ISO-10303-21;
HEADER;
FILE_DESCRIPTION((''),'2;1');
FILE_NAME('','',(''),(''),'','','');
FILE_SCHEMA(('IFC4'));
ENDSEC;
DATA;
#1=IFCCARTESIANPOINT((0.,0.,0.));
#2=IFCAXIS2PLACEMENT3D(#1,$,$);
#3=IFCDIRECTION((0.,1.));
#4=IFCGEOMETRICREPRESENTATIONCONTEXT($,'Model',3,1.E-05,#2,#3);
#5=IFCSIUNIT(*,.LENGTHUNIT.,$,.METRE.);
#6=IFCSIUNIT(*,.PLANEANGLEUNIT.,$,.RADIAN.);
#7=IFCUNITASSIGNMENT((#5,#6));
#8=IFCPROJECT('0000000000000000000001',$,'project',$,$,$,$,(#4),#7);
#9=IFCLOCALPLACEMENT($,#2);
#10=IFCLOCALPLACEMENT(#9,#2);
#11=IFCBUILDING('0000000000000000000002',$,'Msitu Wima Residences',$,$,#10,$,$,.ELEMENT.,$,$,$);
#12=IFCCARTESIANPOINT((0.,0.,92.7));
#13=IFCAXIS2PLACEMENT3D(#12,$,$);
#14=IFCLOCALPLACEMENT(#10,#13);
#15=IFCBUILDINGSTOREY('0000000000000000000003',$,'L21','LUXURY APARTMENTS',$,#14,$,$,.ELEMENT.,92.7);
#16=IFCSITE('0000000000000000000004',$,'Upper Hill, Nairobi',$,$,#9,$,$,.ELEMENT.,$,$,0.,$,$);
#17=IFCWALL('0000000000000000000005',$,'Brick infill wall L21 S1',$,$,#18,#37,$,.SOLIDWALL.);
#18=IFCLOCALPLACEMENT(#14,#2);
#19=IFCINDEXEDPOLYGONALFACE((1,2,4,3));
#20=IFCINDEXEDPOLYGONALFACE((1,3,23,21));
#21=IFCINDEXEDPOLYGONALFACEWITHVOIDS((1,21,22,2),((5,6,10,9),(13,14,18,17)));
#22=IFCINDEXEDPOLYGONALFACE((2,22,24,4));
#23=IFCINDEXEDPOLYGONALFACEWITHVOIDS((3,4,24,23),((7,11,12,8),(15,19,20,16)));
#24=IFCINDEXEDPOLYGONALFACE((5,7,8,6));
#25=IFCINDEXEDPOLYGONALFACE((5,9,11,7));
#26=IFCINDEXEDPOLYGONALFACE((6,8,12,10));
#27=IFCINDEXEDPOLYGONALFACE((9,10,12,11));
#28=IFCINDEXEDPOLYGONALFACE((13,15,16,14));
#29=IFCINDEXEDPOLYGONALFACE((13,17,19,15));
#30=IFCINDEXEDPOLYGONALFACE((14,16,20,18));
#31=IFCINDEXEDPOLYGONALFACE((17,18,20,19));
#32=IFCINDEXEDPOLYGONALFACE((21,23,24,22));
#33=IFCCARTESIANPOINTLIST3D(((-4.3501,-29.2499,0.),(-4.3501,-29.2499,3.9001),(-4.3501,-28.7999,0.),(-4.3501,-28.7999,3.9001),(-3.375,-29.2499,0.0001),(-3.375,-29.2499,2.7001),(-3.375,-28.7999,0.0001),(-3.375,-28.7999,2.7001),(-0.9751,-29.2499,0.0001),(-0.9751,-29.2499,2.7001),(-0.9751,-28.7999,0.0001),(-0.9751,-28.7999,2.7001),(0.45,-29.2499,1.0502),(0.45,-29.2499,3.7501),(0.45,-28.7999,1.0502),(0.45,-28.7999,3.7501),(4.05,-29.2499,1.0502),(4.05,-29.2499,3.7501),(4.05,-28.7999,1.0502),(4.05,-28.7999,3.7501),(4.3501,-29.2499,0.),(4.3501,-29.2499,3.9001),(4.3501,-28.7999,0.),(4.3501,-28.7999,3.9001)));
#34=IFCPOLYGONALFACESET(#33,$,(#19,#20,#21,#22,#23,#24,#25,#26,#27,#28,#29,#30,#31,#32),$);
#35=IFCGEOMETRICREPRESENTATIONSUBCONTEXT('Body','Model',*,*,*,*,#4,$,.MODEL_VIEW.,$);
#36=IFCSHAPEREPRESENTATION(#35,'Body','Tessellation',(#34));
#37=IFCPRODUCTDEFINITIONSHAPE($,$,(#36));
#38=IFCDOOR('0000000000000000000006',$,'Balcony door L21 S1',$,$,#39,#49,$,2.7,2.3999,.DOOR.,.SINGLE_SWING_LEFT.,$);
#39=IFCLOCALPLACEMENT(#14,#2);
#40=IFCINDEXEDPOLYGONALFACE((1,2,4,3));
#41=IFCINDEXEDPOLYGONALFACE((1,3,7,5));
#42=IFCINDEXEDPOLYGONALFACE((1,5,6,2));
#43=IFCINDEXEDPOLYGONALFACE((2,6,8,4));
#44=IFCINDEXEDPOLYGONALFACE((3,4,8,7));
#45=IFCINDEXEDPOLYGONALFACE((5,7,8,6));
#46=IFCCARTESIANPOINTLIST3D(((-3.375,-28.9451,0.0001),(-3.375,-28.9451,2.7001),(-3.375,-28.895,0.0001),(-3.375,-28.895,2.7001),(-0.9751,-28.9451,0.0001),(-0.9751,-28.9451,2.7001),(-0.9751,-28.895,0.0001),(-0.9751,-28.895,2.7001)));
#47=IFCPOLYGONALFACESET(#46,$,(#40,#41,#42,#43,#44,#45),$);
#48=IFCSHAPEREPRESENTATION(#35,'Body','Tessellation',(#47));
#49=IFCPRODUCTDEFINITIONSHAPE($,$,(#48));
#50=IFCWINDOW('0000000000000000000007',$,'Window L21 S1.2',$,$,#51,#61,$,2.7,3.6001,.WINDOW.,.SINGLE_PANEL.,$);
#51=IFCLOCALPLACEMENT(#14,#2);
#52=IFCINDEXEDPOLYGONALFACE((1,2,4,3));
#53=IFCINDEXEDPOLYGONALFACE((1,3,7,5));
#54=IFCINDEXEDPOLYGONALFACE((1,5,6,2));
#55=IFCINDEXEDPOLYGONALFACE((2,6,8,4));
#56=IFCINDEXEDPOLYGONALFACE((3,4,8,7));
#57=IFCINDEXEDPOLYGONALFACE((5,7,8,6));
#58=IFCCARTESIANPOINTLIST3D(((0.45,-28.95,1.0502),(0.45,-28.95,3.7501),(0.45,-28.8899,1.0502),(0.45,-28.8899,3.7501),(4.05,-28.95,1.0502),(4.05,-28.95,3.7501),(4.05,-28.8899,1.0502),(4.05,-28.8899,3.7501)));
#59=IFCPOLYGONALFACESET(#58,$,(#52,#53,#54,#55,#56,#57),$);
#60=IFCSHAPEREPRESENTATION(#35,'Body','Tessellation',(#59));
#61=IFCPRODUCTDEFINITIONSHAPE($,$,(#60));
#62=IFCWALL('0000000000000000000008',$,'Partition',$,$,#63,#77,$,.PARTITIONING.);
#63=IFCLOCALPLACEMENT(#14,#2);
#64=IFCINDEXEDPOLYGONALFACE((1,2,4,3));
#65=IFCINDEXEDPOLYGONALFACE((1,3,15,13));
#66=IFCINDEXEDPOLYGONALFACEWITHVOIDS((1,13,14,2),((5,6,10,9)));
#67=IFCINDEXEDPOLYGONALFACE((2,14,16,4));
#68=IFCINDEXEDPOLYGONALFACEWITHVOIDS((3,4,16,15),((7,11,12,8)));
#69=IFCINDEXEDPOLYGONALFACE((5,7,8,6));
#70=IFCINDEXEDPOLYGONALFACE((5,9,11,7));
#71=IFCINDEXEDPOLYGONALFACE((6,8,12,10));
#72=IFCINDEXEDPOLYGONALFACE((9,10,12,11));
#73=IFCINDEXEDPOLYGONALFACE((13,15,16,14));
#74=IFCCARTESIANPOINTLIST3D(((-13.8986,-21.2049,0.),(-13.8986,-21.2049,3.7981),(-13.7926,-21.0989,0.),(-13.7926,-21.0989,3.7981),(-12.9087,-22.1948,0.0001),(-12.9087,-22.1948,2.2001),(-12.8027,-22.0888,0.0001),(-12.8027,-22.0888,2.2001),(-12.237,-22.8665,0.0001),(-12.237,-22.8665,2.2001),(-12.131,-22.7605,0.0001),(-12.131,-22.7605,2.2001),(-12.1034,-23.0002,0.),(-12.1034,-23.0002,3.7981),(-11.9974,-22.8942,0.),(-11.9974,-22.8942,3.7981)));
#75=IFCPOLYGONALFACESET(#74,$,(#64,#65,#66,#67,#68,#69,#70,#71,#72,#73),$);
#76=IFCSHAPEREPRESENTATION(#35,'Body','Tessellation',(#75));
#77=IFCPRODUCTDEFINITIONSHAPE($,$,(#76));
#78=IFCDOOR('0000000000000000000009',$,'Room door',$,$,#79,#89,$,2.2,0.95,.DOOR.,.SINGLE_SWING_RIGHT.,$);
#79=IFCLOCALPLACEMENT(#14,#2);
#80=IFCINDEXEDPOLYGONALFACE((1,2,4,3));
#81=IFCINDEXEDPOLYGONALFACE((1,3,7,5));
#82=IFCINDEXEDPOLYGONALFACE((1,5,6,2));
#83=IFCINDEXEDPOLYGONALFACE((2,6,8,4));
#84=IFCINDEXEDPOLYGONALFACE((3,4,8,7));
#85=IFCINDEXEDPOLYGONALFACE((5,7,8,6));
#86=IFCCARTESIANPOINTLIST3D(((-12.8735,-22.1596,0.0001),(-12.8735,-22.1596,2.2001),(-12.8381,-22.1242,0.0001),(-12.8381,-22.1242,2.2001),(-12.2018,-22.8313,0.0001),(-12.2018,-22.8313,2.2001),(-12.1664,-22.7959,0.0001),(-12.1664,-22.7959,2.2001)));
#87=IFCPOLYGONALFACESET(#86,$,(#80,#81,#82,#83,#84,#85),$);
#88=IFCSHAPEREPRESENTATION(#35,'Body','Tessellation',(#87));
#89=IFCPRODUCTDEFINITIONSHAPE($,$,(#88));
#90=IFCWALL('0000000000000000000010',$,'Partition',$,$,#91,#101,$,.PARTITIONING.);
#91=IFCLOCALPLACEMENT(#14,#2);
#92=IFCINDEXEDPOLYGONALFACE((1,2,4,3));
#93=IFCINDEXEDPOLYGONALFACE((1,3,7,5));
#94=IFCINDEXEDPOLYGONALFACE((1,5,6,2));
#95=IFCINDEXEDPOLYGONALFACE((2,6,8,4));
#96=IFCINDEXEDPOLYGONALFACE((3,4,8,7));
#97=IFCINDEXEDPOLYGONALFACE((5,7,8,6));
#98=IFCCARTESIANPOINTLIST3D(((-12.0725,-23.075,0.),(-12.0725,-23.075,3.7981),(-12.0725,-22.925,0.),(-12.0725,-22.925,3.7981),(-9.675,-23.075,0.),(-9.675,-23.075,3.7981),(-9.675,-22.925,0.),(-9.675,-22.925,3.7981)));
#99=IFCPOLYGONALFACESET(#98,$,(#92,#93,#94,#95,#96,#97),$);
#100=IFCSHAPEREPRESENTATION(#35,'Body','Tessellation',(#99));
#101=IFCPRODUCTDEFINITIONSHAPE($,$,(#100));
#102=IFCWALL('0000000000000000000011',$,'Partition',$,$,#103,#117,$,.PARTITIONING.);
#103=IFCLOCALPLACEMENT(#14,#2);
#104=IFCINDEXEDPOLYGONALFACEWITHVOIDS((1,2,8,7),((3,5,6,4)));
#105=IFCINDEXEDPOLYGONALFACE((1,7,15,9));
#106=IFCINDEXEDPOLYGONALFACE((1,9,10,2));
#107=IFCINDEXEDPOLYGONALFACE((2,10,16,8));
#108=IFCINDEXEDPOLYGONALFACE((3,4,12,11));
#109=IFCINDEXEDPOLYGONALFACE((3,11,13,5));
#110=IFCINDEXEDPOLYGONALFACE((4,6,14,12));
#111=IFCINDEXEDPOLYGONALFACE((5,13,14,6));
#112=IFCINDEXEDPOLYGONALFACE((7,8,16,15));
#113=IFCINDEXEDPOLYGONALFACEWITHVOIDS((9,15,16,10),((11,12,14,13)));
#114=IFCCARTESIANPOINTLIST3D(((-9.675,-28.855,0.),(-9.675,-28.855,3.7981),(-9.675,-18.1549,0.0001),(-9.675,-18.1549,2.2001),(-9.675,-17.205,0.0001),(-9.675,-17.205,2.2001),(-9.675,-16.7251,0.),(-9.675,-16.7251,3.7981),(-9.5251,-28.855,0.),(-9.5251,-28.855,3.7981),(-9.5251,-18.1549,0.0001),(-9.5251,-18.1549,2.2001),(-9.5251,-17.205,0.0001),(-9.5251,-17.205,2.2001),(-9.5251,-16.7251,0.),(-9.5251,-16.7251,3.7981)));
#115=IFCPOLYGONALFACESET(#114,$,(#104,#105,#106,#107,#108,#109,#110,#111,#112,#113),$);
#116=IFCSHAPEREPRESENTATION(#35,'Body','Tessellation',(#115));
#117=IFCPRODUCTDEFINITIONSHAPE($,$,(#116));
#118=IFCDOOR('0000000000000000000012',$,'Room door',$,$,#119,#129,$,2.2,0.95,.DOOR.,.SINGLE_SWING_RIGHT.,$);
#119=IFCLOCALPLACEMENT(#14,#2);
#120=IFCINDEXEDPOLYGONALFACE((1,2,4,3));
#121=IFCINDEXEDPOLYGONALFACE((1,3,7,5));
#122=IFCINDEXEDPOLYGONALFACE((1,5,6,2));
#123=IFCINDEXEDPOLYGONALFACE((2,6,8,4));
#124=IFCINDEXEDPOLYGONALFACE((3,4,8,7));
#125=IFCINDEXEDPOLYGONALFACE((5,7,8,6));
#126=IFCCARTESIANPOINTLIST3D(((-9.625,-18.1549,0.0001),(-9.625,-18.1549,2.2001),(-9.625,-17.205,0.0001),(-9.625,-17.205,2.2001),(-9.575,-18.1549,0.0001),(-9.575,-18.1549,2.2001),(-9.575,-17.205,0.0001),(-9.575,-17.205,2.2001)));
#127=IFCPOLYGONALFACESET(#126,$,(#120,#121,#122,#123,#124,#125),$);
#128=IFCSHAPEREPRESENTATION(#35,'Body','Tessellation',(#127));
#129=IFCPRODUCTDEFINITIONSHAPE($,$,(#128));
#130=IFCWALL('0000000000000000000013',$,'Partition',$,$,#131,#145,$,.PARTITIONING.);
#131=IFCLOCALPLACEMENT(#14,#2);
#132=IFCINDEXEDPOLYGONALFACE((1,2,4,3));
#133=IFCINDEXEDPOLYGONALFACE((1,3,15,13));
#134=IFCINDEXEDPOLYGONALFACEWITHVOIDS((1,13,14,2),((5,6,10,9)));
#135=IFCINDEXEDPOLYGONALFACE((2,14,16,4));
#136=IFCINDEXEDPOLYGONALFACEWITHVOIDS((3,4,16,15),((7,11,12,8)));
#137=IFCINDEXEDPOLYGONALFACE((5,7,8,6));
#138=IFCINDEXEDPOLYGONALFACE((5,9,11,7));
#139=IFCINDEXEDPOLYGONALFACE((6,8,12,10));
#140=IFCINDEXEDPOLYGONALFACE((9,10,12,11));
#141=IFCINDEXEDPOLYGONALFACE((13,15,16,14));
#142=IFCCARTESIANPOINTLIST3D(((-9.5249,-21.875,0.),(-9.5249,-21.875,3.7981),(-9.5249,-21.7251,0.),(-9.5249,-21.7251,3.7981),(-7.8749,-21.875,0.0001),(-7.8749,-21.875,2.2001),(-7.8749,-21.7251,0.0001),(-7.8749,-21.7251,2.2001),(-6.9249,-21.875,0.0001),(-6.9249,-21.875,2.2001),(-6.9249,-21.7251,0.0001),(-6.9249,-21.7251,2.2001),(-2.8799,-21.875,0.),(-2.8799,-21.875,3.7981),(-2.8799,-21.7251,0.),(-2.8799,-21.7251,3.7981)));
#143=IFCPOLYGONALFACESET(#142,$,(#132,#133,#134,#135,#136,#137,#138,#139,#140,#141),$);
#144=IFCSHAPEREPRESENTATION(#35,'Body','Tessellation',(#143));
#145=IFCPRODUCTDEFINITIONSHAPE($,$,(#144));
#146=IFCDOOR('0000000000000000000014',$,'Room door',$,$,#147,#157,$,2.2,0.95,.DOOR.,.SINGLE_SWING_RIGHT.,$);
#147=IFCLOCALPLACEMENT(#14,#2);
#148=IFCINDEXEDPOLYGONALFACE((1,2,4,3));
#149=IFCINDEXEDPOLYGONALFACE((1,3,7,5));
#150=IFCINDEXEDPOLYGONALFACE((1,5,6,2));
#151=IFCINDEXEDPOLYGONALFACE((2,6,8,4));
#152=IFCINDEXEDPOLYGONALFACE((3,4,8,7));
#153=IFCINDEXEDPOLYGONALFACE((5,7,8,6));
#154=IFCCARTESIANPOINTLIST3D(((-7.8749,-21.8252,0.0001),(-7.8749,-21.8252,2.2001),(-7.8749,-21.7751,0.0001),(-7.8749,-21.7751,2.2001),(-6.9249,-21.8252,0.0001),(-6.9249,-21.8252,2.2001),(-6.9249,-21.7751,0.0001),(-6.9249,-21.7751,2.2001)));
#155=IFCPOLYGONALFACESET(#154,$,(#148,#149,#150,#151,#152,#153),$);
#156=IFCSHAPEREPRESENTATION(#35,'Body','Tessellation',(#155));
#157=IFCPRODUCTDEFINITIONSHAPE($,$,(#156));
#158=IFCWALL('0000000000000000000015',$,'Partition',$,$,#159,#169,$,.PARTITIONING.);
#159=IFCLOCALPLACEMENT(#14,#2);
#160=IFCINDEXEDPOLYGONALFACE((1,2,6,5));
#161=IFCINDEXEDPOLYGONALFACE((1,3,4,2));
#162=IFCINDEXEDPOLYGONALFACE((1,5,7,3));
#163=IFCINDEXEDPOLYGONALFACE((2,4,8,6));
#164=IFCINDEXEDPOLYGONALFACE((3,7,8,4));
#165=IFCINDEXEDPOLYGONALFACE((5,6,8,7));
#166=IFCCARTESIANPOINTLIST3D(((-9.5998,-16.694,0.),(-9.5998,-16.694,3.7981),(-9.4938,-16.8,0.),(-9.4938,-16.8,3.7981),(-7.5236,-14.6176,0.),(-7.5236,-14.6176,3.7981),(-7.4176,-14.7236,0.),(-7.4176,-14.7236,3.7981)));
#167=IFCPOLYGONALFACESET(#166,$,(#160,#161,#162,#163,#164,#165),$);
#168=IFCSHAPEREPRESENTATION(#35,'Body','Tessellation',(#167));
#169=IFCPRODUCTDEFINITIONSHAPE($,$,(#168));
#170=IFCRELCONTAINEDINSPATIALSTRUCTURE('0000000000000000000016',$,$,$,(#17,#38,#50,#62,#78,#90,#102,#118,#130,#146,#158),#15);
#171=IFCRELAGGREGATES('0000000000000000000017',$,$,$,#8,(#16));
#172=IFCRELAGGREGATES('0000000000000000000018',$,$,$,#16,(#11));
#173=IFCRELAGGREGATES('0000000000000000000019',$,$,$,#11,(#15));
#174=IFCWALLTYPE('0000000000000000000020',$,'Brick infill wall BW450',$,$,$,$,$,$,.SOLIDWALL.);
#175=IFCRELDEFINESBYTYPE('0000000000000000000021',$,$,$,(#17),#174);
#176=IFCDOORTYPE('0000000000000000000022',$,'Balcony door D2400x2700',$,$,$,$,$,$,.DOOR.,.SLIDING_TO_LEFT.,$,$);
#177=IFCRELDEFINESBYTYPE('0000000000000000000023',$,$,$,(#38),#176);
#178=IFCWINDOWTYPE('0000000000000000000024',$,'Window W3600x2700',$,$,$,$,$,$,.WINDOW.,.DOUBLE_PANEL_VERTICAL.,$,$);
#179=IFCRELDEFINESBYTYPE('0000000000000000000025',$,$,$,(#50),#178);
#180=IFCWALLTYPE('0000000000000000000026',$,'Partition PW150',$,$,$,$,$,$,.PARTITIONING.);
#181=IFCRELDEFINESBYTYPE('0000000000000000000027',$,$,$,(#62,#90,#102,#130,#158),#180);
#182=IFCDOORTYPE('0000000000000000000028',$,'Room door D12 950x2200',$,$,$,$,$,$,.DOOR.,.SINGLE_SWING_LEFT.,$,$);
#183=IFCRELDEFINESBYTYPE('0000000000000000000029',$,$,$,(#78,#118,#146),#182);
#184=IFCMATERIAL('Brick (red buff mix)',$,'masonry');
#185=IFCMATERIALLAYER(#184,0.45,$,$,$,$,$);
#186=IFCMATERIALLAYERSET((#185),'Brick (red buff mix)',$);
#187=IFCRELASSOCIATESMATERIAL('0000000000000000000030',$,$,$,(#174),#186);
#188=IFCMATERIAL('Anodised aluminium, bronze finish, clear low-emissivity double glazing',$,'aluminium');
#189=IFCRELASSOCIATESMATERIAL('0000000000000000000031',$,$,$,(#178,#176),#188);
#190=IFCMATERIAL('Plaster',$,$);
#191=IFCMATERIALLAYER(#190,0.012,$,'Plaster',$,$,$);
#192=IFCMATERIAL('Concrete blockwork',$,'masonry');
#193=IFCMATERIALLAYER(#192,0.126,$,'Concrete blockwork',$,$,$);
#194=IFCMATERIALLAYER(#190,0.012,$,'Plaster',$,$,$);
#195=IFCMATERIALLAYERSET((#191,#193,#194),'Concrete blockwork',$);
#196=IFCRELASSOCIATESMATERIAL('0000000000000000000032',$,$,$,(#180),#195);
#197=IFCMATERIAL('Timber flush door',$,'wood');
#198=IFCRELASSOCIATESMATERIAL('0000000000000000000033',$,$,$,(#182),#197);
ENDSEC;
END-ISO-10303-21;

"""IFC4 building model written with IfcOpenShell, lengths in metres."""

from ifc_helpers import new_model, si_unit, direction, frame, frame_2d, origin, place, context, subcontext, project, spatial, rectangle, extrude, material, layer, layer_set, type_object, element, fill, save


model = new_model("IFC4")

# Units and contexts
model_context = context("Model", 3, precision=1e-05, world=origin(), true_north=direction((0.0, 1.0)))
body_context = subcontext(model_context, "Body", "Model", "MODEL_VIEW")
ifc_project = project(units=[si_unit("LENGTHUNIT", "METRE"), si_unit("PLANEANGLEUNIT", "RADIAN")], contexts=[model_context])

# Site, building, storey
site_placement = place(None, origin())
site = spatial("IfcSite", under=ifc_project, at=site_placement, Name="Upper Hill, Nairobi", CompositionType="ELEMENT", RefElevation=0.0)
building_placement = place(site_placement, origin())
building = spatial("IfcBuilding", under=site, at=building_placement, Name="Msitu Wima Residences", CompositionType="ELEMENT")
storey_placement = place(building_placement, frame((0.0, 0.0, 92.7)))
storey = spatial("IfcBuildingStorey", under=building, at=storey_placement, Name="L21", Description="LUXURY APARTMENTS", CompositionType="ELEMENT", Elevation=92.7)

# Shared definitions
ifc_material_1 = material(Name="Brick (red buff mix)", Category="masonry")
ifc_layer_1 = layer(ifc_material_1, 0.45)
ifc_layer_set_1 = layer_set([ifc_layer_1], Name="Brick (red buff mix)")
wall_type_1 = type_object("IfcWallType", Name="Brick infill wall BW450", PredefinedType="SOLIDWALL", material=ifc_layer_set_1)
ifc_material_2 = material(Name="Anodised aluminium, bronze finish, clear low-emissivity double glazing", Category="aluminium")
window_type = type_object("IfcWindowType", Name="Window W3600x2700", PartitioningType="DOUBLE_PANEL_VERTICAL", PredefinedType="WINDOW", material=ifc_material_2)

# Wall, openings, door, window
wall_1_placement = place(storey_placement, frame((-4.3501, -29.0249, 0.0), z_axis=(0.0, 0.0, 1.0), x_axis=(1.0, 0.0, 0.0)))
wall_1 = element("IfcWall", 1, at=wall_1_placement, inside=storey, type_object=wall_type_1, Name="Brick infill wall L21 S1", PredefinedType="SOLIDWALL", context=body_context, shape_type="SweptSolid", body=[
    extrude(rectangle(XDim=8.7002, YDim=0.45, at=frame_2d((4.3501, 0.0))), origin(), (0.0, 0.0, 1.0), 3.9001),
])
opening_1_placement = place(wall_1_placement, frame((0.9751, 0.0, 0.0)))
opening_1 = element("IfcOpeningElement", 2, at=opening_1_placement, cuts=wall_1, PredefinedType="OPENING", context=body_context, shape_type="SweptSolid", body=[
    extrude(rectangle(XDim=2.3999, YDim=2.7, at=frame_2d((1.2, 1.3501))), frame((0.0, 0.2349, 0.0), z_axis=(0.0, -1.0, 0.0), x_axis=(1.0, 0.0, 0.0)), (0.0, 0.0, 1.0), 0.47),
])
opening_2_placement = place(wall_1_placement, frame((4.8, 0.0, 1.05)))
opening_2 = element("IfcOpeningElement", 3, at=opening_2_placement, cuts=wall_1, PredefinedType="OPENING", context=body_context, shape_type="SweptSolid", body=[
    extrude(rectangle(XDim=3.6001, YDim=2.7, at=frame_2d((1.8, 1.3501))), frame((0.0, 0.2349, 0.0), z_axis=(0.0, -1.0, 0.0), x_axis=(1.0, 0.0, 0.0)), (0.0, 0.0, 1.0), 0.47),
])
door_type_1 = type_object("IfcDoorType", Name="Balcony door D2400x2700", OperationType="SLIDING_TO_LEFT", PredefinedType="DOOR", material=ifc_material_2)
door_1_placement = place(opening_1_placement, origin())
door_1 = element("IfcDoor", 4, at=door_1_placement, inside=storey, type_object=door_type_1, Name="Balcony door L21 S1", OperationType="SINGLE_SWING_LEFT", OverallHeight=2.7, OverallWidth=2.3999, PredefinedType="DOOR", context=body_context, shape_type="SweptSolid", body=[
    extrude(rectangle(XDim=2.3999, YDim=2.7, at=frame_2d((1.2, 1.3501))), frame((0.0, 0.1299, 0.0), z_axis=(0.0, -1.0, 0.0), x_axis=(1.0, 0.0, 0.0)), (0.0, 0.0, 1.0), 0.05),
])
fill(opening_1, door_1)
window_1_placement = place(opening_2_placement, origin())
window_1 = element("IfcWindow", 5, at=window_1_placement, inside=storey, type_object=window_type, Name="Window L21 S1.2", OverallHeight=2.7, OverallWidth=3.6001, PartitioningType="SINGLE_PANEL", PredefinedType="WINDOW", context=body_context, shape_type="SweptSolid", body=[
    extrude(rectangle(XDim=3.6001, YDim=2.7, at=frame_2d((1.8, 1.3501))), frame((0.0, 0.135, 0.0), z_axis=(0.0, -1.0, 0.0), x_axis=(1.0, 0.0, 0.0)), (0.0, 0.0, 1.0), 0.0601),
])
fill(opening_2, window_1)

# Wall, opening, door
ifc_material_3 = material(Name="Plaster")
ifc_layer_2 = layer(ifc_material_3, 0.012, Name="Plaster")
ifc_material_4 = material(Name="Concrete blockwork", Category="masonry")
ifc_layer_3 = layer(ifc_material_4, 0.126, Name="Concrete blockwork")
ifc_layer_4 = layer(ifc_material_3, 0.012, Name="Plaster")
ifc_layer_set_2 = layer_set([ifc_layer_2, ifc_layer_3, ifc_layer_4], Name="Concrete blockwork")
wall_type_2 = type_object("IfcWallType", Name="Partition PW150", PredefinedType="PARTITIONING", material=ifc_layer_set_2)
wall_2_placement = place(storey_placement, frame((-13.8457, -21.1519, 0.0), z_axis=(0.0, 0.0, 1.0), x_axis=(0.707107, -0.707107, 0.0)))
wall_2 = element("IfcWall", 6, at=wall_2_placement, inside=storey, type_object=wall_type_2, Name="Partition", PredefinedType="PARTITIONING", context=body_context, shape_type="SweptSolid", body=[
    extrude(rectangle(XDim=2.5388, YDim=0.1499, at=frame_2d((1.2695, 0.0))), origin(), (0.0, 0.0, 1.0), 3.7981),
])
opening_3_placement = place(wall_2_placement, frame((1.3999, 0.0, 0.0)))
opening_3 = element("IfcOpeningElement", 7, at=opening_3_placement, cuts=wall_2, PredefinedType="OPENING", context=body_context, shape_type="SweptSolid", body=[
    extrude(rectangle(XDim=0.95, YDim=2.2, at=frame_2d((0.4751, 1.1001))), frame((0.0, 0.085, 0.0), z_axis=(0.0, -1.0, 0.0), x_axis=(1.0, 0.0, 0.0)), (0.0, 0.0, 1.0), 0.1699),
])
ifc_material_5 = material(Name="Timber flush door", Category="wood")
door_type_2 = type_object("IfcDoorType", Name="Room door D12 950x2200", OperationType="SINGLE_SWING_LEFT", PredefinedType="DOOR", material=ifc_material_5)
door_2_placement = place(opening_3_placement, origin())
door_2 = element("IfcDoor", 8, at=door_2_placement, inside=storey, type_object=door_type_2, Name="Room door", OperationType="SINGLE_SWING_RIGHT", OverallHeight=2.2, OverallWidth=0.95, PredefinedType="DOOR", context=body_context, shape_type="SweptSolid", body=[
    extrude(rectangle(XDim=0.95, YDim=2.2, at=frame_2d((0.4751, 1.1001))), frame((0.0, 0.0249, 0.0), z_axis=(0.0, -1.0, 0.0), x_axis=(1.0, 0.0, 0.0)), (0.0, 0.0, 1.0), 0.05),
])
fill(opening_3, door_2)

# Wall
wall_3_placement = place(storey_placement, frame((-12.0725, -23.0, 0.0), z_axis=(0.0, 0.0, 1.0), x_axis=(1.0, 0.0, 0.0)))
element("IfcWall", 9, at=wall_3_placement, inside=storey, type_object=wall_type_2, Name="Partition", PredefinedType="PARTITIONING", context=body_context, shape_type="SweptSolid", body=[
    extrude(rectangle(XDim=2.3975, YDim=0.1499, at=frame_2d((1.1987, 0.0))), origin(), (0.0, 0.0, 1.0), 3.7981),
])

# Walls, openings, doors
wall_4_placement = place(storey_placement, frame((-9.6001, -28.855, 0.0), z_axis=(0.0, 0.0, 1.0), x_axis=(0.0, 1.0, 0.0)))
wall_4 = element("IfcWall", 10, at=wall_4_placement, inside=storey, type_object=wall_type_2, Name="Partition", PredefinedType="PARTITIONING", context=body_context, shape_type="SweptSolid", body=[
    extrude(rectangle(XDim=12.1299, YDim=0.1499, at=frame_2d((6.0649, 0.0))), origin(), (0.0, 0.0, 1.0), 3.7981),
])
opening_4_placement = place(wall_4_placement, frame((10.7, 0.0, 0.0)))
opening_4 = element("IfcOpeningElement", 11, at=opening_4_placement, cuts=wall_4, PredefinedType="OPENING", context=body_context, shape_type="SweptSolid", body=[
    extrude(rectangle(XDim=0.95, YDim=2.2, at=frame_2d((0.4751, 1.1001))), frame((0.0, 0.085, 0.0), z_axis=(0.0, -1.0, 0.0), x_axis=(1.0, 0.0, 0.0)), (0.0, 0.0, 1.0), 0.1699),
])
door_3_placement = place(opening_4_placement, origin())
door_3 = element("IfcDoor", 12, at=door_3_placement, inside=storey, type_object=door_type_2, Name="Room door", OperationType="SINGLE_SWING_RIGHT", OverallHeight=2.2, OverallWidth=0.95, PredefinedType="DOOR", context=body_context, shape_type="SweptSolid", body=[
    extrude(rectangle(XDim=0.95, YDim=2.2, at=frame_2d((0.4751, 1.1001))), frame((0.0, 0.0249, 0.0), z_axis=(0.0, -1.0, 0.0), x_axis=(1.0, 0.0, 0.0)), (0.0, 0.0, 1.0), 0.05),
])
fill(opening_4, door_3)
wall_5_placement = place(storey_placement, frame((-9.5249, -21.8, 0.0), z_axis=(0.0, 0.0, 1.0), x_axis=(1.0, 0.0, 0.0)))
wall_5 = element("IfcWall", 13, at=wall_5_placement, inside=storey, type_object=wall_type_2, Name="Partition", PredefinedType="PARTITIONING", context=body_context, shape_type="SweptSolid", body=[
    extrude(rectangle(XDim=6.645, YDim=0.1499, at=frame_2d((3.3225, 0.0))), origin(), (0.0, 0.0, 1.0), 3.7981),
])
opening_5_placement = place(wall_5_placement, frame((1.6499, 0.0, 0.0)))
opening_5 = element("IfcOpeningElement", 14, at=opening_5_placement, cuts=wall_5, PredefinedType="OPENING", context=body_context, shape_type="SweptSolid", body=[
    extrude(rectangle(XDim=0.95, YDim=2.2, at=frame_2d((0.4751, 1.1001))), frame((0.0, 0.085, 0.0), z_axis=(0.0, -1.0, 0.0), x_axis=(1.0, 0.0, 0.0)), (0.0, 0.0, 1.0), 0.1699),
])
door_4_placement = place(opening_5_placement, origin())
door_4 = element("IfcDoor", 15, at=door_4_placement, inside=storey, type_object=door_type_2, Name="Room door", OperationType="SINGLE_SWING_RIGHT", OverallHeight=2.2, OverallWidth=0.95, PredefinedType="DOOR", context=body_context, shape_type="SweptSolid", body=[
    extrude(rectangle(XDim=0.95, YDim=2.2, at=frame_2d((0.4751, 1.1001))), frame((0.0, 0.0249, 0.0), z_axis=(0.0, -1.0, 0.0), x_axis=(1.0, 0.0, 0.0)), (0.0, 0.0, 1.0), 0.05),
])
fill(opening_5, door_4)

# Wall
wall_6_placement = place(storey_placement, frame((-9.5469, -16.7471, 0.0), z_axis=(0.0, 0.0, 1.0), x_axis=(0.707065, 0.707148, 0.0)))
element("IfcWall", 16, at=wall_6_placement, inside=storey, type_object=wall_type_2, Name="Partition", PredefinedType="PARTITIONING", context=body_context, shape_type="SweptSolid", body=[
    extrude(rectangle(XDim=2.9363, YDim=0.1499, at=frame_2d((1.4683, 0.0))), origin(), (0.0, 0.0, 1.0), 3.7981),
])

save(model, "model.ifc")
